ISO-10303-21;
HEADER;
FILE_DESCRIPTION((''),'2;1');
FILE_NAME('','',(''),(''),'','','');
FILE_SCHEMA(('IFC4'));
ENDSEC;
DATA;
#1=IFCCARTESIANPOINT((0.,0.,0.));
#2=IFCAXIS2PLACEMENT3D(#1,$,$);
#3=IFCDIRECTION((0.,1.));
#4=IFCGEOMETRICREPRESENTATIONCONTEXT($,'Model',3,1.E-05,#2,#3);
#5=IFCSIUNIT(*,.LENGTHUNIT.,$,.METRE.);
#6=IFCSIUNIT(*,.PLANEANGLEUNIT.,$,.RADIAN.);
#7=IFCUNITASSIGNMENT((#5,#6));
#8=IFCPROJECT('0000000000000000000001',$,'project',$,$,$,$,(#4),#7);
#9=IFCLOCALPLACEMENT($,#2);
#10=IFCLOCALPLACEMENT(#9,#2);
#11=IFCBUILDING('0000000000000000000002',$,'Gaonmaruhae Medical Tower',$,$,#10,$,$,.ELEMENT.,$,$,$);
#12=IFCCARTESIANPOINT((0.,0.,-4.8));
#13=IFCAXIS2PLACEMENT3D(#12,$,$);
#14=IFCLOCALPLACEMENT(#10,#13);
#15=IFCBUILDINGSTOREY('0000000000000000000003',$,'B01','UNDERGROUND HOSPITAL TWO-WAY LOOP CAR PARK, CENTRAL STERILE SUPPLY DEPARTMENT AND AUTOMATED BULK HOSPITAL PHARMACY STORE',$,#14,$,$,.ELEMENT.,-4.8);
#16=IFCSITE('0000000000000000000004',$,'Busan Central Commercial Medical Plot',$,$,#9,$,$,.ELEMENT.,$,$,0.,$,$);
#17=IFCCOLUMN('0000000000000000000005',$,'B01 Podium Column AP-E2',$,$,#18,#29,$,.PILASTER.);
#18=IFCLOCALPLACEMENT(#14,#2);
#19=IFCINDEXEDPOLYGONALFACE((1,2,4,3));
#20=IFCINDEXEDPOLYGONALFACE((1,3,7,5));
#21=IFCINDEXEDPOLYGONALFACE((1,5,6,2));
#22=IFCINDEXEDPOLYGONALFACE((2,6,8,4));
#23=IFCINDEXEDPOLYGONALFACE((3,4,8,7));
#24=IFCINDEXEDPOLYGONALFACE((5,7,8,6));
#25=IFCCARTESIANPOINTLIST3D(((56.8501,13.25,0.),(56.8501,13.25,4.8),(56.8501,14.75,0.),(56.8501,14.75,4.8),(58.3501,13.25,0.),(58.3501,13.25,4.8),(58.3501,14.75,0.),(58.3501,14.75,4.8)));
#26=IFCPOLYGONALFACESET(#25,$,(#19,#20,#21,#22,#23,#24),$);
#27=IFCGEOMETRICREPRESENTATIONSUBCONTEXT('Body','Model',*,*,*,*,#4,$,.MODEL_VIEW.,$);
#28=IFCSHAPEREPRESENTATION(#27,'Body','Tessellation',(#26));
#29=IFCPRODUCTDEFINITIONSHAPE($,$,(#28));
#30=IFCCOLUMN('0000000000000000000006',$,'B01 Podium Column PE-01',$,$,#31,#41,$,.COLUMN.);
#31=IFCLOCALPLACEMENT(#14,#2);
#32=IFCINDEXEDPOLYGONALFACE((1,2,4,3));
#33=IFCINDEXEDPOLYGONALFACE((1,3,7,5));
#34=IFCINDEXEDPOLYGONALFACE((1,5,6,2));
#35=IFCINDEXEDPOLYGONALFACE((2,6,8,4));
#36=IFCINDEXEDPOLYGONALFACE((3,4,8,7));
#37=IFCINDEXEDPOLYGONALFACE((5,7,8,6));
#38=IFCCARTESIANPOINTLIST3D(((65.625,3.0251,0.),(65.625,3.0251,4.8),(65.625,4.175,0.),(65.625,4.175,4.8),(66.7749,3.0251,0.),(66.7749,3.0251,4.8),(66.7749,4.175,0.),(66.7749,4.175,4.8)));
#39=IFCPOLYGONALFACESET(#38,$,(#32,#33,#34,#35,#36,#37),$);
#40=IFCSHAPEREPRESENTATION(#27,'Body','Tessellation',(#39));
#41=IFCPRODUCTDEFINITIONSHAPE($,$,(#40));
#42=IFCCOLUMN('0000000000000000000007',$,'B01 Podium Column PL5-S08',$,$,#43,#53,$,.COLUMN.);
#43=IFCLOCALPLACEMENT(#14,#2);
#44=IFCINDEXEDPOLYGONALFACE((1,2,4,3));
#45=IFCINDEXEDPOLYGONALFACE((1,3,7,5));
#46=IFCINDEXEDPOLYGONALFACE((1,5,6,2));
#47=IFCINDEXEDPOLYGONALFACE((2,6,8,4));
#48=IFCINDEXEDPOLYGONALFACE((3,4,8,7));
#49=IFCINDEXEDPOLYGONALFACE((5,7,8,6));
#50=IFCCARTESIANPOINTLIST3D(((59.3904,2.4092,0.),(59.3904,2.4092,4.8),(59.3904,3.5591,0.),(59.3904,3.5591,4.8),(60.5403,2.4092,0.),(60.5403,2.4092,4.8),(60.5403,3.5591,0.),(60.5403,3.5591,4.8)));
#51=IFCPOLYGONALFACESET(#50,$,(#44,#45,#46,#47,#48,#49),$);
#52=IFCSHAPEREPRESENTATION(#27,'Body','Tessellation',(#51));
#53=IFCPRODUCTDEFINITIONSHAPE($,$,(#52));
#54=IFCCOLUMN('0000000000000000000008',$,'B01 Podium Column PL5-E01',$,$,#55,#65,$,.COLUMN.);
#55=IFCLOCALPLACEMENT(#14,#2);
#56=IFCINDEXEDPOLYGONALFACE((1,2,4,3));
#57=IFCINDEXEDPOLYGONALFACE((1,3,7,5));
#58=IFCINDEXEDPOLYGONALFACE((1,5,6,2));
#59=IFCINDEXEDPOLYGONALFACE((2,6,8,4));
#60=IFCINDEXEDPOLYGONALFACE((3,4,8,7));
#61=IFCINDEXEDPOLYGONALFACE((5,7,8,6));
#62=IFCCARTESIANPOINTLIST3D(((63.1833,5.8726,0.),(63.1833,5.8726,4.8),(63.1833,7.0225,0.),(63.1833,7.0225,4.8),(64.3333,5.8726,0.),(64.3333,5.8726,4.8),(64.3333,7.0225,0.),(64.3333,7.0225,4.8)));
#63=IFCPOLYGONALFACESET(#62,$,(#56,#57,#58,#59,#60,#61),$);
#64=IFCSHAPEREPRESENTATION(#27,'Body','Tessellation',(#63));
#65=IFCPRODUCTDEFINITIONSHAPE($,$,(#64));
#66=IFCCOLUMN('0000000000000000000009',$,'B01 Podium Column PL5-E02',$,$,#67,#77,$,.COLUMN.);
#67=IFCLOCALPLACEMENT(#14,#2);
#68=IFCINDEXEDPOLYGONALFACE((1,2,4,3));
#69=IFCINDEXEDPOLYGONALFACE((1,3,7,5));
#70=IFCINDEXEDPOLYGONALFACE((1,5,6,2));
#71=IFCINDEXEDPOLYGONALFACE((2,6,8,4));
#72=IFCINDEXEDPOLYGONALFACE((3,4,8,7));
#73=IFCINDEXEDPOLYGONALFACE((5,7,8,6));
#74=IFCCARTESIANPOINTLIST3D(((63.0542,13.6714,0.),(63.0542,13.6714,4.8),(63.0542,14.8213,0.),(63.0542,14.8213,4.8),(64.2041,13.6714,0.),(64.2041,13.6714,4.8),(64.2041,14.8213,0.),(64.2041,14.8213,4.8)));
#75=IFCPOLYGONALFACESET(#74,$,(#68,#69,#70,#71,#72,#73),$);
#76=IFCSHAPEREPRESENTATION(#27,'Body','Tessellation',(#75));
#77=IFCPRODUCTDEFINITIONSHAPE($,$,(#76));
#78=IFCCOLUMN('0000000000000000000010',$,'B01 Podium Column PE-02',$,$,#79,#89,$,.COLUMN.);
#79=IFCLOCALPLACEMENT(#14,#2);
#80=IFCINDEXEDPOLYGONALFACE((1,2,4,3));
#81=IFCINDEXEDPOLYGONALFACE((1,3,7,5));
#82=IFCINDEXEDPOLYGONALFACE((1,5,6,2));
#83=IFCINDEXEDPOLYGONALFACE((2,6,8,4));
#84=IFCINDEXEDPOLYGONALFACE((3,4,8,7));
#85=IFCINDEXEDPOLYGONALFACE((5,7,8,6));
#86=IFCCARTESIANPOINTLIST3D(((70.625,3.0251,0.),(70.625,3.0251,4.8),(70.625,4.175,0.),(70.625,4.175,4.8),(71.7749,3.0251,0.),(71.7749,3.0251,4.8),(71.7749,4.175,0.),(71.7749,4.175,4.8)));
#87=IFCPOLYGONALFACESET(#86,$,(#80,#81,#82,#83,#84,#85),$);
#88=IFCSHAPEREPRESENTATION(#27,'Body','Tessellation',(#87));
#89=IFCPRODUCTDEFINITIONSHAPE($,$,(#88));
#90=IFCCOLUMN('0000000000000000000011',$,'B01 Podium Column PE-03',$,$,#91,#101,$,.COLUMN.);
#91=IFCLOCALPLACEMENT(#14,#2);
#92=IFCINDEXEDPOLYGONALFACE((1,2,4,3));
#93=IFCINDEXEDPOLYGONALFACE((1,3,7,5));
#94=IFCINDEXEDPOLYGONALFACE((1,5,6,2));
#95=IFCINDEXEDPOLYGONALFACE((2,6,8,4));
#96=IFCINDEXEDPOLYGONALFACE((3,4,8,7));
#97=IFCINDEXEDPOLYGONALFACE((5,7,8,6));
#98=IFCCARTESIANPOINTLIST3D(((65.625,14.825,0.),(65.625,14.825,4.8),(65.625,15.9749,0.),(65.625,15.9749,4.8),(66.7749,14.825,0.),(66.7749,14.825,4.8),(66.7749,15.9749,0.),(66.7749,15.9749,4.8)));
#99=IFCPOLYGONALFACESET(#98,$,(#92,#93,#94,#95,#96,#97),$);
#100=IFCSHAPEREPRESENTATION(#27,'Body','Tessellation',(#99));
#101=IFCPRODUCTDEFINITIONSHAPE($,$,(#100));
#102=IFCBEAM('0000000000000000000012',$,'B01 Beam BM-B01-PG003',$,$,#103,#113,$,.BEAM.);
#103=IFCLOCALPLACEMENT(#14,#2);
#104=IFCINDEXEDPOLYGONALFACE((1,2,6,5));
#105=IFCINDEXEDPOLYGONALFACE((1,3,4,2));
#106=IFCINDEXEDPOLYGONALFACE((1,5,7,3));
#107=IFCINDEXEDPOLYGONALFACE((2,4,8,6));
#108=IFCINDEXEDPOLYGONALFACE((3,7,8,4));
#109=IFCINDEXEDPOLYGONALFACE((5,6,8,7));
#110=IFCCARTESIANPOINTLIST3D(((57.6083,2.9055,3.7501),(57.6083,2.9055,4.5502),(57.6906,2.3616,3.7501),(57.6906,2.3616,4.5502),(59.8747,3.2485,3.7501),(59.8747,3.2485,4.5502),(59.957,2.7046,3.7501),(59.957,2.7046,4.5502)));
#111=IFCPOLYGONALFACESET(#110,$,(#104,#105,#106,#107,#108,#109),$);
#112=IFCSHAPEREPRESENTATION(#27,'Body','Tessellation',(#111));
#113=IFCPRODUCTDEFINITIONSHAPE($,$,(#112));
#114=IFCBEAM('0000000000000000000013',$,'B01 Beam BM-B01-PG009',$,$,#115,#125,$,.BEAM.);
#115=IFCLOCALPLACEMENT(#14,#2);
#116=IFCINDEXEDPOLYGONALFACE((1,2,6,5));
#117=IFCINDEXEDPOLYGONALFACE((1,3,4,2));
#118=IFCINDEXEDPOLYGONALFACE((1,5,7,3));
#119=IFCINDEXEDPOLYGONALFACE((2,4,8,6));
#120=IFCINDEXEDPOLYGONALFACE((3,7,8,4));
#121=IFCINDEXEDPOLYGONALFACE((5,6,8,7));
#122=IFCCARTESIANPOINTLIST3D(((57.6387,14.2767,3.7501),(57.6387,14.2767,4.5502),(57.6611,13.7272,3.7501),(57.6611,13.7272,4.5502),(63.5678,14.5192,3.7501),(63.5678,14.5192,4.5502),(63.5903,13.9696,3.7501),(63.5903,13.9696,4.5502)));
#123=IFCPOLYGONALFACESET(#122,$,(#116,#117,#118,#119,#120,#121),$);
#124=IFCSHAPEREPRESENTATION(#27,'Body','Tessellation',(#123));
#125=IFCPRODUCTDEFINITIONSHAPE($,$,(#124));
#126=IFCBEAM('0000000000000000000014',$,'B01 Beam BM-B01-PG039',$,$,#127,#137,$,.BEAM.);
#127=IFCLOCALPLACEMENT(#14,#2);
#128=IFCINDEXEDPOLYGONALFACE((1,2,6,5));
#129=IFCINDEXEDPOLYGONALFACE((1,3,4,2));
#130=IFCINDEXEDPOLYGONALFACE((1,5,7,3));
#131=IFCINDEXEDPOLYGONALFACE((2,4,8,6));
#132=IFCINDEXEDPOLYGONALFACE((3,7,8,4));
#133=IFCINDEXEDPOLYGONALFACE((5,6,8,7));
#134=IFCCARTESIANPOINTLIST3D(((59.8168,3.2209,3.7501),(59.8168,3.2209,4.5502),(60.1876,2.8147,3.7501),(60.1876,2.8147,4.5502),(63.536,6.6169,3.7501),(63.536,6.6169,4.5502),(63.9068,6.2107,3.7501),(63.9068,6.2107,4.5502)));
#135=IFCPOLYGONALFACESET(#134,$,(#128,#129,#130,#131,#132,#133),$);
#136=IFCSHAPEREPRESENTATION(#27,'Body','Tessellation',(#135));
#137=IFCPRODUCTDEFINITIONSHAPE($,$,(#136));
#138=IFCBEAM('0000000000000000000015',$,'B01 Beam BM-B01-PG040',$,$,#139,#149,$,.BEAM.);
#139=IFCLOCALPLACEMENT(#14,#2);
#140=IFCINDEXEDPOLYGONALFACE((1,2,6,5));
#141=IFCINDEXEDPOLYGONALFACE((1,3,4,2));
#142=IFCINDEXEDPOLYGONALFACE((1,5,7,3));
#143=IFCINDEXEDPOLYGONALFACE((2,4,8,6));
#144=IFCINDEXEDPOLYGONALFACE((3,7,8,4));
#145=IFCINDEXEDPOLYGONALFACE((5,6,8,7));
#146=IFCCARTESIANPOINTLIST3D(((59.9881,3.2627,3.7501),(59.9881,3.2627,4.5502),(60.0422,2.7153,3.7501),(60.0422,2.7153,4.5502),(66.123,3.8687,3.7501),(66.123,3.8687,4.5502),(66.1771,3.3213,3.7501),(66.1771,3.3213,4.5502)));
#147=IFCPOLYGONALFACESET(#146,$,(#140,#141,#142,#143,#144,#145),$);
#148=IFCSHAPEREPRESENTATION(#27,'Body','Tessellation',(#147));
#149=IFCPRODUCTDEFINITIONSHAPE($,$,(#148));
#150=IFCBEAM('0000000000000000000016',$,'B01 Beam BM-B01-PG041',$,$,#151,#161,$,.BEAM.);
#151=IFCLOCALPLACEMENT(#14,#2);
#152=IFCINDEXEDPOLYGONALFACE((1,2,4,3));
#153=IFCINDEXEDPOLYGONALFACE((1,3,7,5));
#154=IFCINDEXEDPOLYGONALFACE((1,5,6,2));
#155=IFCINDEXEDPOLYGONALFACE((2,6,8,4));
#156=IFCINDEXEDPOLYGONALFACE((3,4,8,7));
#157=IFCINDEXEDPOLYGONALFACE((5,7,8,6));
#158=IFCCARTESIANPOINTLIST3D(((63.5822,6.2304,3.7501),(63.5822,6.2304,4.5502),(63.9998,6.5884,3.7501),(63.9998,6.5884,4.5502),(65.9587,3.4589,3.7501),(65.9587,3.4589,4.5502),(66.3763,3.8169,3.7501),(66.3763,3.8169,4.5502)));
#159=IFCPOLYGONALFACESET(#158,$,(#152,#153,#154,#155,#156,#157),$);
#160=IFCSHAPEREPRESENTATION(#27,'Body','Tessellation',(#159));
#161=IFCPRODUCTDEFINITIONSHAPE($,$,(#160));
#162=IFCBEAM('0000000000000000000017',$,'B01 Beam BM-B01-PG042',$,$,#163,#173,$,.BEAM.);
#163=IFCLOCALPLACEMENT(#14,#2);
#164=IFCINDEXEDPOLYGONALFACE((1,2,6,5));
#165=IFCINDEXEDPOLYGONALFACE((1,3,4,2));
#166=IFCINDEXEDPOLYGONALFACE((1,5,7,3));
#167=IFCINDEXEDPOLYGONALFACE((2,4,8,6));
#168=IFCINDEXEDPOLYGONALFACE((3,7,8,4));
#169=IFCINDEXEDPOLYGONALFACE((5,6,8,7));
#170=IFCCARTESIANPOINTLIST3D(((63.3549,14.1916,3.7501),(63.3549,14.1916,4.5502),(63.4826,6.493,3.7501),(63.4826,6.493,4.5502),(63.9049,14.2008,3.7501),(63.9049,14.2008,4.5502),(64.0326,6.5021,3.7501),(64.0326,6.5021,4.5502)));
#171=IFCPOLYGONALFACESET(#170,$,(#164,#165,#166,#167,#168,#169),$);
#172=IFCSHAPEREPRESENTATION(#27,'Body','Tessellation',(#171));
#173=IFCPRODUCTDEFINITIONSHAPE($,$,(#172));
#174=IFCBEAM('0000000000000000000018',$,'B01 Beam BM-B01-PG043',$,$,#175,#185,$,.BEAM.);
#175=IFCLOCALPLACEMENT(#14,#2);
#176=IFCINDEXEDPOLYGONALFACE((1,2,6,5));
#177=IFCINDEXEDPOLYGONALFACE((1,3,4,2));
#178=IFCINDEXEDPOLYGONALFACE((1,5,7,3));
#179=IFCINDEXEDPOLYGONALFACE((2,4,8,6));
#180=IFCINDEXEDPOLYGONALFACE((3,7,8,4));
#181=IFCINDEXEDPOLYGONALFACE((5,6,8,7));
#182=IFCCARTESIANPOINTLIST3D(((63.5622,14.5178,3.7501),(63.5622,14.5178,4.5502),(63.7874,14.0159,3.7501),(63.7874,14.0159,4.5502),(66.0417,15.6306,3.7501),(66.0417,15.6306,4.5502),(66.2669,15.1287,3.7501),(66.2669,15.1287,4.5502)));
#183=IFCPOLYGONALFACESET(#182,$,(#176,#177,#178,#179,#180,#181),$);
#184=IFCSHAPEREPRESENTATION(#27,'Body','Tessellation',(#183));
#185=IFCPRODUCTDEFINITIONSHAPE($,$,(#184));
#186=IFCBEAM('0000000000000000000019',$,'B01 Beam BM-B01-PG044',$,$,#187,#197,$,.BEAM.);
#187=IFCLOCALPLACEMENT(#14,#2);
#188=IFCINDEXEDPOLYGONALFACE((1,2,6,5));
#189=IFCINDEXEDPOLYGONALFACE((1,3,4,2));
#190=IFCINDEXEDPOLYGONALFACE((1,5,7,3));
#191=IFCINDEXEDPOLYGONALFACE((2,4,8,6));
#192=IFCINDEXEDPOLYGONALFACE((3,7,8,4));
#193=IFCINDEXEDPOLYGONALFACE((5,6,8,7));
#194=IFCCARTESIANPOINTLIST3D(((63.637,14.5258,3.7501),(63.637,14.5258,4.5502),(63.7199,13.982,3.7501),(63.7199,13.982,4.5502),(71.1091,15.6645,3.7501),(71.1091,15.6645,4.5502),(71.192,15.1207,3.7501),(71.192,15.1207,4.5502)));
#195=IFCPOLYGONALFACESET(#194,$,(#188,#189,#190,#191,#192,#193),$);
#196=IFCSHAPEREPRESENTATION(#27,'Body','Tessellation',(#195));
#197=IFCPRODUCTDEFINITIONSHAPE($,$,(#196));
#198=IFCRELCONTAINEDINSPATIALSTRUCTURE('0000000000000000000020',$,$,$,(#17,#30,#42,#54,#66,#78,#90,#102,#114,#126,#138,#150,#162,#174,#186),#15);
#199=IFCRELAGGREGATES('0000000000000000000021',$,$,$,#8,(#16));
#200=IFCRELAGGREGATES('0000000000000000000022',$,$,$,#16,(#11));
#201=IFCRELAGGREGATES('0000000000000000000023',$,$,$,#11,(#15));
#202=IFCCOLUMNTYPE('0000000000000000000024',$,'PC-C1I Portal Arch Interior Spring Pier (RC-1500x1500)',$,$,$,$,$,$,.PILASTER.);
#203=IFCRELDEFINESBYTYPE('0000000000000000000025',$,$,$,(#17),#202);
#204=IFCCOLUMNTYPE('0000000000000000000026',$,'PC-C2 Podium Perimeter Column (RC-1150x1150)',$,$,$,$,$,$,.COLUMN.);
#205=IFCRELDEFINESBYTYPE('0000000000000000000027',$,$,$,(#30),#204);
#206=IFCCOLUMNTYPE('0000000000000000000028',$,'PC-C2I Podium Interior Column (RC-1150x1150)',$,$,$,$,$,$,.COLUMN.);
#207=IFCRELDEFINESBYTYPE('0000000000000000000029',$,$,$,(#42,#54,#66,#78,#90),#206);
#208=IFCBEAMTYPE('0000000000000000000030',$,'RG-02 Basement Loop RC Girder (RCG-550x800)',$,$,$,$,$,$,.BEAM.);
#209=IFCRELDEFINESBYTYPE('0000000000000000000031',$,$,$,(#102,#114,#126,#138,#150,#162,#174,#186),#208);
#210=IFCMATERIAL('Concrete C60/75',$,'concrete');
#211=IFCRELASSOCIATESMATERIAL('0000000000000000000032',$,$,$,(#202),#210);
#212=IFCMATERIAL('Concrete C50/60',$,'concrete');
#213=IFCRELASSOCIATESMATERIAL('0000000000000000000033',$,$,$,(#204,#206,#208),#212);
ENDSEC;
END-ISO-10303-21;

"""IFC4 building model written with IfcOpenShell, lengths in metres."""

from ifc_helpers import new_model, si_unit, direction, frame, origin, origin_2d, place, context, subcontext, project, spatial, rectangle, extrude, material, material_profile, profile_set, type_object, element, save


model = new_model("IFC4")

# Units and contexts
model_context = context("Model", 3, precision=1e-05, world=origin(), true_north=direction((0.0, 1.0)))
body_context = subcontext(model_context, "Body", "Model", "MODEL_VIEW")
ifc_project = project(units=[si_unit("LENGTHUNIT", "METRE"), si_unit("PLANEANGLEUNIT", "RADIAN")], contexts=[model_context])

# Site, building, storey
site_placement = place(None, origin())
site = spatial("IfcSite", under=ifc_project, at=site_placement, Name="Busan Central Commercial Medical Plot", CompositionType="ELEMENT", RefElevation=0.0)
building_placement = place(site_placement, origin())
building = spatial("IfcBuilding", under=site, at=building_placement, Name="Gaonmaruhae Medical Tower", CompositionType="ELEMENT")
storey_placement = place(building_placement, frame((0.0, 0.0, -4.8)))
storey = spatial("IfcBuildingStorey", under=building, at=storey_placement, Name="B01", Description="UNDERGROUND HOSPITAL TWO-WAY LOOP CAR PARK, CENTRAL STERILE SUPPLY DEPARTMENT AND AUTOMATED BULK HOSPITAL PHARMACY STORE", CompositionType="ELEMENT", Elevation=-4.8)

# Columns
ifc_material_1 = material(Name="Concrete C60/75", Category="concrete")
ifc_material_profile_1 = material_profile(ifc_material_1, rectangle(XDim=1.5, YDim=1.5, at=origin_2d()), Name="RC-1500x1500")
ifc_profile_set_1 = profile_set([ifc_material_profile_1], Name="Concrete C60/75")
column_type_1 = type_object("IfcColumnType", Name="PC-C1I Portal Arch Interior Spring Pier (RC-1500x1500)", PredefinedType="PILASTER", material=ifc_profile_set_1)
column_1_placement = place(storey_placement, frame((57.6001, 14.0, 0.0), z_axis=(0.0, 0.0, 1.0), x_axis=(1.0, 0.0, 0.0)))
element("IfcColumn", 1, at=column_1_placement, inside=storey, type_object=column_type_1, Name="B01 Podium Column AP-E2", PredefinedType="PILASTER", context=body_context, shape_type="SweptSolid", body=[
    extrude(rectangle(XDim=1.5, YDim=1.5, at=origin_2d()), origin(), (0.0, 0.0, 1.0), 4.8),
])
ifc_material_2 = material(Name="Concrete C50/60", Category="concrete")
ifc_material_profile_2 = material_profile(ifc_material_2, rectangle(XDim=1.1499, YDim=1.1499, at=origin_2d()), Name="RC-1150x1150")
ifc_profile_set_2 = profile_set([ifc_material_profile_2], Name="Concrete C50/60")
column_type_2 = type_object("IfcColumnType", Name="PC-C2 Podium Perimeter Column (RC-1150x1150)", PredefinedType="COLUMN", material=ifc_profile_set_2)
column_2_placement = place(storey_placement, frame((66.2, 3.6001, 0.0), z_axis=(0.0, 0.0, 1.0), x_axis=(1.0, 0.0, 0.0)))
element("IfcColumn", 2, at=column_2_placement, inside=storey, type_object=column_type_2, Name="B01 Podium Column PE-01", PredefinedType="COLUMN", context=body_context, shape_type="SweptSolid", body=[
    extrude(rectangle(XDim=1.1499, YDim=1.1499, at=origin_2d()), origin(), (0.0, 0.0, 1.0), 4.8),
])
ifc_material_profile_3 = material_profile(ifc_material_2, rectangle(XDim=1.1499, YDim=1.1499, at=origin_2d()), Name="RC-1150x1150")
ifc_profile_set_3 = profile_set([ifc_material_profile_3], Name="Concrete C50/60")
column_type_3 = type_object("IfcColumnType", Name="PC-C2I Podium Interior Column (RC-1150x1150)", PredefinedType="COLUMN", material=ifc_profile_set_3)
for number, where, z_axis, x_axis, name in (
    (3, (59.9653, 2.9841, 0.0), (0.0, 0.0, 1.0), (1.0, 0.0, 0.0), "B01 Podium Column PL5-S08"),
    (4, (63.7583, 6.4475, 0.0), (0.0, 0.0, 1.0), (1.0, 0.0, 0.0), "B01 Podium Column PL5-E01"),
    (5, (63.6292, 14.2463, 0.0), (0.0, 0.0, 1.0), (1.0, 0.0, 0.0), "B01 Podium Column PL5-E02"),
    (6, (71.2, 3.6001, 0.0), (0.0, 0.0, 1.0), (1.0, 0.0, 0.0), "B01 Podium Column PE-02"),
    (7, (66.2, 15.3999, 0.0), (0.0, 0.0, 1.0), (1.0, 0.0, 0.0), "B01 Podium Column PE-03"),
):
    element("IfcColumn", number, at=place(storey_placement, frame(where, z_axis=z_axis, x_axis=x_axis)), inside=storey, type_object=column_type_3, Name=name, PredefinedType="COLUMN", context=body_context, shape_type="SweptSolid", body=[
        extrude(rectangle(XDim=1.1499, YDim=1.1499, at=origin_2d()), origin(), (0.0, 0.0, 1.0), 4.8),
    ])

# Beams
ifc_material_profile_4 = material_profile(ifc_material_2, rectangle(XDim=0.55, YDim=0.8, at=origin_2d()), Name="RCG-550x800")
ifc_profile_set_4 = profile_set([ifc_material_profile_4], Name="Concrete C50/60")
beam_type_1 = type_object("IfcBeamType", Name="RG-02 Basement Loop RC Girder (RCG-550x800)", PredefinedType="BEAM", material=ifc_profile_set_4)
beam_1_placement = place(storey_placement, frame((57.6494, 2.6335, 4.1501), z_axis=(0.988739, 0.149648, 0.0), x_axis=(-0.149648, 0.988739, 0.0)))
element("IfcBeam", 8, at=beam_1_placement, inside=storey, type_object=beam_type_1, Name="B01 Beam BM-B01-PG003", PredefinedType="BEAM", context=body_context, shape_type="SweptSolid", body=[
    extrude(rectangle(XDim=0.55, YDim=0.8, at=origin_2d()), origin(), (0.0, 0.0, 1.0), 2.2922),
])
beam_2_placement = place(storey_placement, frame((57.6499, 14.002, 4.1501), z_axis=(0.999165, 0.040854, 0.0), x_axis=(-0.040854, 0.999165, 0.0)))
element("IfcBeam", 9, at=beam_2_placement, inside=storey, type_object=beam_type_1, Name="B01 Beam BM-B01-PG009", PredefinedType="BEAM", context=body_context, shape_type="SweptSolid", body=[
    extrude(rectangle(XDim=0.55, YDim=0.8, at=origin_2d()), origin(), (0.0, 0.0, 1.0), 5.9341),
])
beam_3_placement = place(storey_placement, frame((60.0022, 3.0178, 4.1501), z_axis=(0.738469, 0.674288, 0.0), x_axis=(-0.674288, 0.738469, 0.0)))
element("IfcBeam", 10, at=beam_3_placement, inside=storey, type_object=beam_type_1, Name="B01 Beam BM-B01-PG039", PredefinedType="BEAM", context=body_context, shape_type="SweptSolid", body=[
    extrude(rectangle(XDim=0.55, YDim=0.8, at=origin_2d()), origin(), (0.0, 0.0, 1.0), 5.0364),
])
beam_4_placement = place(storey_placement, frame((60.0151, 2.989, 4.1501), z_axis=(0.995158, 0.098292, 0.0), x_axis=(-0.098292, 0.995158, 0.0)))
element("IfcBeam", 11, at=beam_4_placement, inside=storey, type_object=beam_type_1, Name="B01 Beam BM-B01-PG040", PredefinedType="BEAM", context=body_context, shape_type="SweptSolid", body=[
    extrude(rectangle(XDim=0.55, YDim=0.8, at=origin_2d()), origin(), (0.0, 0.0, 1.0), 6.1648),
])
beam_5_placement = place(storey_placement, frame((63.791, 6.4094, 4.1501), z_axis=(0.650935, -0.759134, 0.0), x_axis=(0.759134, 0.650935, 0.0)))
element("IfcBeam", 12, at=beam_5_placement, inside=storey, type_object=beam_type_1, Name="B01 Beam BM-B01-PG041", PredefinedType="BEAM", context=body_context, shape_type="SweptSolid", body=[
    extrude(rectangle(XDim=0.55, YDim=0.8, at=origin_2d()), origin(), (0.0, 0.0, 1.0), 3.6509),
])
beam_6_placement = place(storey_placement, frame((63.7576, 6.4976, 4.1501), z_axis=(-0.016583, 0.999862, 0.0), x_axis=(-0.999862, -0.016583, 0.0)))
element("IfcBeam", 13, at=beam_6_placement, inside=storey, type_object=beam_type_1, Name="B01 Beam BM-B01-PG042", PredefinedType="BEAM", context=body_context, shape_type="SweptSolid", body=[
    extrude(rectangle(XDim=0.55, YDim=0.8, at=origin_2d()), origin(), (0.0, 0.0, 1.0), 7.6997),
])
beam_7_placement = place(storey_placement, frame((63.6748, 14.2668, 4.1501), z_axis=(0.912331, 0.409453, 0.0), x_axis=(-0.409453, 0.912331, 0.0)))
element("IfcBeam", 14, at=beam_7_placement, inside=storey, type_object=beam_type_1, Name="B01 Beam BM-B01-PG043", PredefinedType="BEAM", context=body_context, shape_type="SweptSolid", body=[
    extrude(rectangle(XDim=0.55, YDim=0.8, at=origin_2d()), origin(), (0.0, 0.0, 1.0), 2.7178),
])
beam_8_placement = place(storey_placement, frame((63.6785, 14.2539, 4.1501), z_axis=(0.988587, 0.150649, 0.0), x_axis=(-0.150649, 0.988587, 0.0)))
element("IfcBeam", 15, at=beam_8_placement, inside=storey, type_object=beam_type_1, Name="B01 Beam BM-B01-PG044", PredefinedType="BEAM", context=body_context, shape_type="SweptSolid", body=[
    extrude(rectangle(XDim=0.55, YDim=0.8, at=origin_2d()), origin(), (0.0, 0.0, 1.0), 7.5583),
])

save(model, "model.ifc")
